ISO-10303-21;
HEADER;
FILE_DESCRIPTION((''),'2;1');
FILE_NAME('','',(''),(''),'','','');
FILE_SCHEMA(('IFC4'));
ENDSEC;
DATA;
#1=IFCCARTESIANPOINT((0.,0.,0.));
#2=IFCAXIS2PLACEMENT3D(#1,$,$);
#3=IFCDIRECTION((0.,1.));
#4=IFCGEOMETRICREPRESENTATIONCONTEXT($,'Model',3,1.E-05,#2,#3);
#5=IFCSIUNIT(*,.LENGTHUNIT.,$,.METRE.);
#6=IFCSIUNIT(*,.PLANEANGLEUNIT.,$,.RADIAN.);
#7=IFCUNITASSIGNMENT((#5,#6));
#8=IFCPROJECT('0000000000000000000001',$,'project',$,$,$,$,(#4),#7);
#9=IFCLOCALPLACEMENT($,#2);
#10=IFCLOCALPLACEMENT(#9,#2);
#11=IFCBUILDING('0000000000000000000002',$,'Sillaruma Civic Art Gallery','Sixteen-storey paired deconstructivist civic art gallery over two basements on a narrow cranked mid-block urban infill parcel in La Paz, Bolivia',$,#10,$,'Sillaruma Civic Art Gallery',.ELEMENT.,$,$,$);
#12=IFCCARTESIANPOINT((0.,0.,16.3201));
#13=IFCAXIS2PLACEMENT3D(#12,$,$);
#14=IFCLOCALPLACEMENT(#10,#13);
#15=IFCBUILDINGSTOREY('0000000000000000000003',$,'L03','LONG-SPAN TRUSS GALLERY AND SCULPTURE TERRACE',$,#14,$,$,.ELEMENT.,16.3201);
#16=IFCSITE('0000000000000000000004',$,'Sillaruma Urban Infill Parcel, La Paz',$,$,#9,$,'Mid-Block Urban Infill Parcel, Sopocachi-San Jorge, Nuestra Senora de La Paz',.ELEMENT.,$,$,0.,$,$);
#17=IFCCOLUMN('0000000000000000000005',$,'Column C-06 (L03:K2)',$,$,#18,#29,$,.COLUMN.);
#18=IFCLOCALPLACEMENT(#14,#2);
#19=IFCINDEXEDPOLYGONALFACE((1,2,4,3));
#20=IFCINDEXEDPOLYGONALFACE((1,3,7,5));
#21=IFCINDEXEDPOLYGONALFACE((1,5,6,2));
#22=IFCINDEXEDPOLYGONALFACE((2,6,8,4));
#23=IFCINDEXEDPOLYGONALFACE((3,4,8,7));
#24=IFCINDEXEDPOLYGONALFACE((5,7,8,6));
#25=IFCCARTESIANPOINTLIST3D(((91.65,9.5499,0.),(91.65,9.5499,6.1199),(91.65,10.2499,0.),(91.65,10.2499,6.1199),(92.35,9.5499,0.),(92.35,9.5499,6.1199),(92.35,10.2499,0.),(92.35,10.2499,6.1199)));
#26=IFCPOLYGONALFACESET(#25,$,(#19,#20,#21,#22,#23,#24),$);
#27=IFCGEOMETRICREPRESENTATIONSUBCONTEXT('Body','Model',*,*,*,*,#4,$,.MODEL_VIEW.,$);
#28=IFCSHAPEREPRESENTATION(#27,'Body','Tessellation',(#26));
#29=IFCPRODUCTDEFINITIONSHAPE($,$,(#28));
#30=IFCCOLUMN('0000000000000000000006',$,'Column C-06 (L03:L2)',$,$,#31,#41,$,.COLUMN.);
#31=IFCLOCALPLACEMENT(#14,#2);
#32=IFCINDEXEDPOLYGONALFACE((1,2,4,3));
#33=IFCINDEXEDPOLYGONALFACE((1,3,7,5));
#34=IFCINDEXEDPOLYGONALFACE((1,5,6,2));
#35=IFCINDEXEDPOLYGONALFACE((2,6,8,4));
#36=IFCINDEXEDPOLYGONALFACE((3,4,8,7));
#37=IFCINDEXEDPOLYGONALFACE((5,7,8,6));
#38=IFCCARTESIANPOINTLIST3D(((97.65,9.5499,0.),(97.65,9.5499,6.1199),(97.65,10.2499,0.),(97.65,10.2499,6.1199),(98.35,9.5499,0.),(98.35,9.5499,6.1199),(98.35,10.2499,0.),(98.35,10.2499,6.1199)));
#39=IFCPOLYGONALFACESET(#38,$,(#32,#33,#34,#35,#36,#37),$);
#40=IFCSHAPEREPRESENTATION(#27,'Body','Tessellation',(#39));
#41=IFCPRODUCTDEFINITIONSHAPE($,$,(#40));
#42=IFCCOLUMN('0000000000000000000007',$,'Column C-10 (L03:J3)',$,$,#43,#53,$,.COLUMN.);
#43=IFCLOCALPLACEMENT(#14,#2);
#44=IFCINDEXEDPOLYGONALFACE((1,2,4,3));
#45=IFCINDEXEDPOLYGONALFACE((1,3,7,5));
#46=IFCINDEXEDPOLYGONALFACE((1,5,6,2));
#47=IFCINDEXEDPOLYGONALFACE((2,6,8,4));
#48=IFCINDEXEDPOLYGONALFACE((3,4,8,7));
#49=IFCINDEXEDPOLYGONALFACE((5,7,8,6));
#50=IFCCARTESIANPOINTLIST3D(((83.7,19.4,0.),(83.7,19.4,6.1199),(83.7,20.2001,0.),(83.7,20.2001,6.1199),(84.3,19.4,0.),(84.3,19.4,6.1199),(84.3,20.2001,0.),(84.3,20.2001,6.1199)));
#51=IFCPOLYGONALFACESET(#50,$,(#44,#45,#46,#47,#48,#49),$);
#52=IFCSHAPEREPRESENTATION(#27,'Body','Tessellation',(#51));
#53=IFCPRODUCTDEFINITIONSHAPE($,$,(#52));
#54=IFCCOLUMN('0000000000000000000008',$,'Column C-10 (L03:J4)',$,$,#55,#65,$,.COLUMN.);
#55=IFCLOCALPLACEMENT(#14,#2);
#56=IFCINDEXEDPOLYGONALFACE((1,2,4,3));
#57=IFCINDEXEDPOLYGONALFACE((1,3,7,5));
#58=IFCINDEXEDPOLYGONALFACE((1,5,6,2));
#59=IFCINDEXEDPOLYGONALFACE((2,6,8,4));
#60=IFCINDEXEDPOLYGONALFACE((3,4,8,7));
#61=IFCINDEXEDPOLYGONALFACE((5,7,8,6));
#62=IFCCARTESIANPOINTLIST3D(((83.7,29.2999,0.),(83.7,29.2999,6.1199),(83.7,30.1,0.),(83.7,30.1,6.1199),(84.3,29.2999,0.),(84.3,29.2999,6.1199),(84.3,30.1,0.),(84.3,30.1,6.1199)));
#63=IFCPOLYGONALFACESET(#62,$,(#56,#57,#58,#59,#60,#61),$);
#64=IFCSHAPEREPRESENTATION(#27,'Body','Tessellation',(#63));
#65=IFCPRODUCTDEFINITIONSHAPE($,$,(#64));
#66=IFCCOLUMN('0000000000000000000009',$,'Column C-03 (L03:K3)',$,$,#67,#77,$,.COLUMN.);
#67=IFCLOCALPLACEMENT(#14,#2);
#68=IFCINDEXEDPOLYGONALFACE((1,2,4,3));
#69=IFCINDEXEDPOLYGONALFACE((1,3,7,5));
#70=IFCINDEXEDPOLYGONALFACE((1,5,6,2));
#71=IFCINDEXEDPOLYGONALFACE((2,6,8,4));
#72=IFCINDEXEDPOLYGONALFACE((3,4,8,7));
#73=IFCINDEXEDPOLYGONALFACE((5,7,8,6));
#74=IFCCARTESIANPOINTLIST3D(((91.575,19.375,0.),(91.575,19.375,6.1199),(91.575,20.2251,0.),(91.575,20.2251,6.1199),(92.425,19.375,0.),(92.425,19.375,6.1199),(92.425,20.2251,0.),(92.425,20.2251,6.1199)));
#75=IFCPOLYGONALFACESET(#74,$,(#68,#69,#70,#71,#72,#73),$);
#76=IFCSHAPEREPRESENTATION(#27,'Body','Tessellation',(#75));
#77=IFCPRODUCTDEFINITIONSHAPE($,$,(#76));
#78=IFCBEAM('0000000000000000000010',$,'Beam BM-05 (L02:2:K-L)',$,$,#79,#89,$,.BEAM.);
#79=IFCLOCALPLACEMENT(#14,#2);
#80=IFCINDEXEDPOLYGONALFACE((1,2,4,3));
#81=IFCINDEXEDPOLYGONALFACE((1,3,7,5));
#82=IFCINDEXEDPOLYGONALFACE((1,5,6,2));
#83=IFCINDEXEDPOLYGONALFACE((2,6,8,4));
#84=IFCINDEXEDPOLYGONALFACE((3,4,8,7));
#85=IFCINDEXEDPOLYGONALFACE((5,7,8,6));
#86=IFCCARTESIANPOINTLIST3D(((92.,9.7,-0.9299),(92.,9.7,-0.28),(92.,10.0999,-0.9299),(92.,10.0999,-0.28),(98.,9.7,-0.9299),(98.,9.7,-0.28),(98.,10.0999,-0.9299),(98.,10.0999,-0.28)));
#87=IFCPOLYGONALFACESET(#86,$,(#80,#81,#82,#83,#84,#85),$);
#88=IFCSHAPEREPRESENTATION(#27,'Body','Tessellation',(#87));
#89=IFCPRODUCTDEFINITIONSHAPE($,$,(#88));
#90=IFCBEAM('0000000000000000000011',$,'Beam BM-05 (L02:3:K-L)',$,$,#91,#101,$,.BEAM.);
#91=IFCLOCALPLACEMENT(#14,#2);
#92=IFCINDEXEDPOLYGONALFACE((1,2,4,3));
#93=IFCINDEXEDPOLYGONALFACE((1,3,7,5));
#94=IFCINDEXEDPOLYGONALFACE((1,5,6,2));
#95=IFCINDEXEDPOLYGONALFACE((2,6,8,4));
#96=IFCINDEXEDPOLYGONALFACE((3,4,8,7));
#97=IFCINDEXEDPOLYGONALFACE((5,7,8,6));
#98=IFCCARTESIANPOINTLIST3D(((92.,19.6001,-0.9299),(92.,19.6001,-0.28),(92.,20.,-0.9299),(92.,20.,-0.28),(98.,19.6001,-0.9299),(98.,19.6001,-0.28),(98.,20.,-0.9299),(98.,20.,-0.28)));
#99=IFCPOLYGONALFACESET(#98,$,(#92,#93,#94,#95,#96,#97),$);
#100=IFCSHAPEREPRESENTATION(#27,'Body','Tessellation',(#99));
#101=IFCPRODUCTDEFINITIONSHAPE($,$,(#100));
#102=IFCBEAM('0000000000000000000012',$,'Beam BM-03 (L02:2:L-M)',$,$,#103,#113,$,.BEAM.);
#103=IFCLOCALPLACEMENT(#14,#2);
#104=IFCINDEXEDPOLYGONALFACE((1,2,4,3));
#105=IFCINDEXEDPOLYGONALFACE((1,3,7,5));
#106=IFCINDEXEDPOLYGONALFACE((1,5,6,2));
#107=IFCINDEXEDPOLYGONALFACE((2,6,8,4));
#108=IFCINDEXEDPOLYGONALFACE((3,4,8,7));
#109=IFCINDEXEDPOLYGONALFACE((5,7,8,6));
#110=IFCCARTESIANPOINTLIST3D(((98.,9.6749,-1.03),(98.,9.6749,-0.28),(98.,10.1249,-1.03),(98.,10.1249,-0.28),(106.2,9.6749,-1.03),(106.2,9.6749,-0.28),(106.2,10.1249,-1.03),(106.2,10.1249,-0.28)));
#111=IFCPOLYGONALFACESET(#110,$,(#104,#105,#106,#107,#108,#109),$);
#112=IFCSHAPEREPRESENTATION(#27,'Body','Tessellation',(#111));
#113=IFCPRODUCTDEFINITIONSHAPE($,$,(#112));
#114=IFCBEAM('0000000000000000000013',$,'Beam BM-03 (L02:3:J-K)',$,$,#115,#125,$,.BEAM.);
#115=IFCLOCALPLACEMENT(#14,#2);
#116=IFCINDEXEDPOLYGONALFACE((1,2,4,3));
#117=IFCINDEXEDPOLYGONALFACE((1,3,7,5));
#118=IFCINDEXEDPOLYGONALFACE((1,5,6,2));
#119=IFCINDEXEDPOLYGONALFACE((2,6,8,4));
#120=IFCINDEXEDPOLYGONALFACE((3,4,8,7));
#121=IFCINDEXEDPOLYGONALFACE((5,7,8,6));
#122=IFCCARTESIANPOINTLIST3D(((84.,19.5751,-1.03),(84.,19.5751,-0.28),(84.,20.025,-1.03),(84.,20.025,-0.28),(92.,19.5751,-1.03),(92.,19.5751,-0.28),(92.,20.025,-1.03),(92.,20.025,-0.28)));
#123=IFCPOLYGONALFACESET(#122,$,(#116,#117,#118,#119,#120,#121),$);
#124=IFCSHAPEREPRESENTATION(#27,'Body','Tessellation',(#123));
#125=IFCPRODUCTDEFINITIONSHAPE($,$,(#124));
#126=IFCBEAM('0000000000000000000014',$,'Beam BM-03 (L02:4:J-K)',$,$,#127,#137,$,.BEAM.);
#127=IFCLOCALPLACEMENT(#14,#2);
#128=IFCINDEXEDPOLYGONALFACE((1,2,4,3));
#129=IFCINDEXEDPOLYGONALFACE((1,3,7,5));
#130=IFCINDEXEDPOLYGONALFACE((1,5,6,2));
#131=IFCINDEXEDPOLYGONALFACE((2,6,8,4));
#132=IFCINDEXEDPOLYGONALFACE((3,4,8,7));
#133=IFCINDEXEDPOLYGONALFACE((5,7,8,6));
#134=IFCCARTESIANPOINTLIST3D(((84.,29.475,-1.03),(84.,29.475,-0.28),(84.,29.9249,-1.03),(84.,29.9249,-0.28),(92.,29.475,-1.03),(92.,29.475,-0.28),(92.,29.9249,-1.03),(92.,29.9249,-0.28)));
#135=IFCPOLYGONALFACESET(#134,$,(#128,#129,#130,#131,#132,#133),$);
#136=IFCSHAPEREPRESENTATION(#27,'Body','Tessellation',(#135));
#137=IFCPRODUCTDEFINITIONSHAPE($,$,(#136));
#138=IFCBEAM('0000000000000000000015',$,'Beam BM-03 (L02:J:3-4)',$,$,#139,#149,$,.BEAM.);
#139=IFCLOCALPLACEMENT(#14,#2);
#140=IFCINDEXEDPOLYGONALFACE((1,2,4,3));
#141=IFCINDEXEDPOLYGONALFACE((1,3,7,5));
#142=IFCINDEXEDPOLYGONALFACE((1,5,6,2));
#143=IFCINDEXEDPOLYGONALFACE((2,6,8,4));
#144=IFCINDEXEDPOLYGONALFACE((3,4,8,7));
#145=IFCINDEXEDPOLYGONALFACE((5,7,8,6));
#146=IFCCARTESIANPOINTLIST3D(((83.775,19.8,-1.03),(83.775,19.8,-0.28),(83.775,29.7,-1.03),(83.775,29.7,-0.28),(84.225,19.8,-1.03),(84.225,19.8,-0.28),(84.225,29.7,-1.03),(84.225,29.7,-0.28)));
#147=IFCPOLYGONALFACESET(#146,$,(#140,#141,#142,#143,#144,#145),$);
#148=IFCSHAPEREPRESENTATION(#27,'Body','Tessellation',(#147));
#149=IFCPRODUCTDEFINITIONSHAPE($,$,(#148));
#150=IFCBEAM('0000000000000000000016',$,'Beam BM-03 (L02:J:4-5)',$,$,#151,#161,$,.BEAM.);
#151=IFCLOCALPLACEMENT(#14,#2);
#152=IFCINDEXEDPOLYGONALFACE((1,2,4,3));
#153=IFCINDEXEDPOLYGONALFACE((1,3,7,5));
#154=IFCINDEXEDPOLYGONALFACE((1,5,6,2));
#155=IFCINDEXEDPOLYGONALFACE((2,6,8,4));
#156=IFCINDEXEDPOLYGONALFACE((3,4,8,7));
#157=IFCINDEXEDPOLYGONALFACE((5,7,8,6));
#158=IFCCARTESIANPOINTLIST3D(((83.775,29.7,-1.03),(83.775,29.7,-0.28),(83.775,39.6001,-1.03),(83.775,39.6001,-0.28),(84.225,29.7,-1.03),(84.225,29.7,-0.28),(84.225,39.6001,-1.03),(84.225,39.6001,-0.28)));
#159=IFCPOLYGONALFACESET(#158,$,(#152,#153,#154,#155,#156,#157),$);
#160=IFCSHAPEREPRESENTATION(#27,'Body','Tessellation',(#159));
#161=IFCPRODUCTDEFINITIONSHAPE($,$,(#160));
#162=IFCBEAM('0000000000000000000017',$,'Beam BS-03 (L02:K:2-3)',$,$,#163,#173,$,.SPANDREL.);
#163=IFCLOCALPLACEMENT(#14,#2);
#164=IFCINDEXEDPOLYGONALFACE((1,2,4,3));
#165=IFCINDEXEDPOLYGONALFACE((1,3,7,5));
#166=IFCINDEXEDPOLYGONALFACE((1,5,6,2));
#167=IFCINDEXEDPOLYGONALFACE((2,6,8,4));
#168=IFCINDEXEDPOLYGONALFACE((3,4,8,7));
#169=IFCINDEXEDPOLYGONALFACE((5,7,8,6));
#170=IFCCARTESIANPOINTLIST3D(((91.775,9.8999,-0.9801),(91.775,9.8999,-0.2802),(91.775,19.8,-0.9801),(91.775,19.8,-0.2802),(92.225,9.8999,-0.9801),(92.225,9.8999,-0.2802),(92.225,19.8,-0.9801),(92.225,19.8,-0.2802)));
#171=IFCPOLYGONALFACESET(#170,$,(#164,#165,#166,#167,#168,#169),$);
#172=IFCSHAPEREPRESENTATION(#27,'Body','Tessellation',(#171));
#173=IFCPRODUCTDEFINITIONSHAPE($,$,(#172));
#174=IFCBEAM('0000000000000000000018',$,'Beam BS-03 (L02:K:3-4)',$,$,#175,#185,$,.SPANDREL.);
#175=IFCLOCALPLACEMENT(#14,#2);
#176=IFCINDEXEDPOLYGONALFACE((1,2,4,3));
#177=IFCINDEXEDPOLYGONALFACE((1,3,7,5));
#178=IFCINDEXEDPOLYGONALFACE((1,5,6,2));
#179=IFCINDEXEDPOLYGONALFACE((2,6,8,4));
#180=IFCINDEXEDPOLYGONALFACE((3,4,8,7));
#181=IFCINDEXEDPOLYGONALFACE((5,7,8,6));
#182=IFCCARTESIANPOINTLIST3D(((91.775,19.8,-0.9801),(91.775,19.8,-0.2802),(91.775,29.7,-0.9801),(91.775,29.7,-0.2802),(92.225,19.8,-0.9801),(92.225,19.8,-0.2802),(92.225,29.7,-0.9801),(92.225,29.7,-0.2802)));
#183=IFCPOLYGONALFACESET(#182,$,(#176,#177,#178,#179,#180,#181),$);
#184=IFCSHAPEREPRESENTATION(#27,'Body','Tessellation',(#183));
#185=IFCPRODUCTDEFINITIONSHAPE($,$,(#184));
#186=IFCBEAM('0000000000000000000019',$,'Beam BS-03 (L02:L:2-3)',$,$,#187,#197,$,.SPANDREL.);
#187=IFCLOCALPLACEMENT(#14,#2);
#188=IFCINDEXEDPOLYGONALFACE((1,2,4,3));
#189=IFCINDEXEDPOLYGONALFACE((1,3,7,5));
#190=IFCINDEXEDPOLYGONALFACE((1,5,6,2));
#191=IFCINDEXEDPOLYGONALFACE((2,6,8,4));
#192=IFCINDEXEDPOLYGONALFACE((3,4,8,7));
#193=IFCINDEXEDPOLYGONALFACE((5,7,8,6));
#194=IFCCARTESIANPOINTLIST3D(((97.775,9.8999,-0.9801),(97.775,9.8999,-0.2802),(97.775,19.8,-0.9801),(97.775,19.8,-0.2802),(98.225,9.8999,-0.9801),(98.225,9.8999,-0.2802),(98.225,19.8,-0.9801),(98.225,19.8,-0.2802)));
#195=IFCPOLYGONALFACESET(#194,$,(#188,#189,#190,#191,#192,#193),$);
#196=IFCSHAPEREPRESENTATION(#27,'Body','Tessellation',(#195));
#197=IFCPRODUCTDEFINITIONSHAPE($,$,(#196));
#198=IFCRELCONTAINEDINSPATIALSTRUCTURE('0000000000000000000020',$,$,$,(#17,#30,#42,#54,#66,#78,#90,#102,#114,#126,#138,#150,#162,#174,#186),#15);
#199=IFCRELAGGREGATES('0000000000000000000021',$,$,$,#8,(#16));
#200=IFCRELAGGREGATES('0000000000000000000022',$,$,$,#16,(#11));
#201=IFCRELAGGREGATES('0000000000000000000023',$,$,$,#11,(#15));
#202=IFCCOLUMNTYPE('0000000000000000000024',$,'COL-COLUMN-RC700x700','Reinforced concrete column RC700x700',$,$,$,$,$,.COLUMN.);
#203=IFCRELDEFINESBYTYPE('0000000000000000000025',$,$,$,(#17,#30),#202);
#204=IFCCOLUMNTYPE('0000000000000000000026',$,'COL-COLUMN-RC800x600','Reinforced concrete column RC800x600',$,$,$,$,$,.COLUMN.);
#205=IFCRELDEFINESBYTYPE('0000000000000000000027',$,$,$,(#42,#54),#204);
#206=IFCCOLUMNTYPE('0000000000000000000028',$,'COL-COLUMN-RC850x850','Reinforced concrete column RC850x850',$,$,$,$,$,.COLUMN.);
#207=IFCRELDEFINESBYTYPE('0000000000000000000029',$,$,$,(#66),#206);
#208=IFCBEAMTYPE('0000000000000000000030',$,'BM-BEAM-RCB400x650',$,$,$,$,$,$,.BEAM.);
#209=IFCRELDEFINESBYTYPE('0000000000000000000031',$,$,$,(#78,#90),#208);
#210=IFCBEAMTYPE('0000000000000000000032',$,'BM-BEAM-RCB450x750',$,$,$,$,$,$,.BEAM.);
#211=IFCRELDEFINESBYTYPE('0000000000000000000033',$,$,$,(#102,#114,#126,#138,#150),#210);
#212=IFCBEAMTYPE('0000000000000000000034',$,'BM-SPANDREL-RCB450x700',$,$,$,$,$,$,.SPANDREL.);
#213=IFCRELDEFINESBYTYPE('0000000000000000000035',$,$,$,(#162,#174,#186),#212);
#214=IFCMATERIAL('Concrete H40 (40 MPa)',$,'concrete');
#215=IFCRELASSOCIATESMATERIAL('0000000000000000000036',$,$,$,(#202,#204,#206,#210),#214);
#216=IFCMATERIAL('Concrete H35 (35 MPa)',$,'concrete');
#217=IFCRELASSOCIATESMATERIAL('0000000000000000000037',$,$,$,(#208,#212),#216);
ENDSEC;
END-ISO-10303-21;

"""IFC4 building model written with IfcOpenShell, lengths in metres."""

from ifc_helpers import new_model, si_unit, direction, frame, origin, origin_2d, place, context, subcontext, project, spatial, rectangle, extrude, material, material_profile, profile_set, type_object, element, save


model = new_model("IFC4")

# Units and contexts
model_context = context("Model", 3, precision=1e-05, world=origin(), true_north=direction((0.0, 1.0)))
body_context = subcontext(model_context, "Body", "Model", "MODEL_VIEW")
ifc_project = project(units=[si_unit("LENGTHUNIT", "METRE"), si_unit("PLANEANGLEUNIT", "RADIAN")], contexts=[model_context])

# Site, building, storey
site_placement = place(None, origin())
site = spatial("IfcSite", under=ifc_project, at=site_placement, Name="Sillaruma Urban Infill Parcel, La Paz", LongName="Mid-Block Urban Infill Parcel, Sopocachi-San Jorge, Nuestra Senora de La Paz", CompositionType="ELEMENT", RefElevation=0.0)
building_placement = place(site_placement, origin())
building = spatial("IfcBuilding", under=site, at=building_placement, Name="Sillaruma Civic Art Gallery", Description="Sixteen-storey paired deconstructivist civic art gallery over two basements on a narrow cranked mid-block urban infill parcel in La Paz, Bolivia", LongName="Sillaruma Civic Art Gallery", CompositionType="ELEMENT")
storey_placement = place(building_placement, frame((0.0, 0.0, 16.3201)))
storey = spatial("IfcBuildingStorey", under=building, at=storey_placement, Name="L03", Description="LONG-SPAN TRUSS GALLERY AND SCULPTURE TERRACE", CompositionType="ELEMENT", Elevation=16.3201)

# Columns
ifc_material_1 = material(Name="Concrete H40 (40 MPa)", Category="concrete")
ifc_material_profile_1 = material_profile(ifc_material_1, rectangle(XDim=0.7, YDim=0.7, at=origin_2d()), Name="RC700x700")
ifc_profile_set_1 = profile_set([ifc_material_profile_1], Name="Concrete H40 (40 MPa)")
column_type_1 = type_object("IfcColumnType", Name="COL-COLUMN-RC700x700", Description="Reinforced concrete column RC700x700", PredefinedType="COLUMN", material=ifc_profile_set_1)
for number, where, z_axis, x_axis, name in (
    (1, (92.0, 9.8999, 0.0), (0.0, 0.0, 1.0), (1.0, 0.0, 0.0), "Column C-06 (L03:K2)"),
    (2, (98.0, 9.8999, 0.0), (0.0, 0.0, 1.0), (1.0, 0.0, 0.0), "Column C-06 (L03:L2)"),
):
    element("IfcColumn", number, at=place(storey_placement, frame(where, z_axis=z_axis, x_axis=x_axis)), inside=storey, type_object=column_type_1, Name=name, PredefinedType="COLUMN", context=body_context, shape_type="SweptSolid", body=[
        extrude(rectangle(XDim=0.7, YDim=0.7, at=origin_2d()), origin(), (0.0, 0.0, 1.0), 6.1199),
    ])
ifc_material_profile_2 = material_profile(ifc_material_1, rectangle(XDim=0.6001, YDim=0.8, at=origin_2d()), Name="RC800x600")
ifc_profile_set_2 = profile_set([ifc_material_profile_2], Name="Concrete H40 (40 MPa)")
column_type_2 = type_object("IfcColumnType", Name="COL-COLUMN-RC800x600", Description="Reinforced concrete column RC800x600", PredefinedType="COLUMN", material=ifc_profile_set_2)
for number, where, z_axis, x_axis, name in (
    (3, (84.0, 19.8, 0.0), (0.0, 0.0, 1.0), (1.0, 0.0, 0.0), "Column C-10 (L03:J3)"),
    (4, (84.0, 29.7, 0.0), (0.0, 0.0, 1.0), (1.0, 0.0, 0.0), "Column C-10 (L03:J4)"),
):
    element("IfcColumn", number, at=place(storey_placement, frame(where, z_axis=z_axis, x_axis=x_axis)), inside=storey, type_object=column_type_2, Name=name, PredefinedType="COLUMN", context=body_context, shape_type="SweptSolid", body=[
        extrude(rectangle(XDim=0.6001, YDim=0.8, at=origin_2d()), origin(), (0.0, 0.0, 1.0), 6.1199),
    ])
ifc_material_profile_3 = material_profile(ifc_material_1, rectangle(XDim=0.8501, YDim=0.8501, at=origin_2d()), Name="RC850x850")
ifc_profile_set_3 = profile_set([ifc_material_profile_3], Name="Concrete H40 (40 MPa)")
column_type_3 = type_object("IfcColumnType", Name="COL-COLUMN-RC850x850", Description="Reinforced concrete column RC850x850", PredefinedType="COLUMN", material=ifc_profile_set_3)
column_placement = place(storey_placement, frame((92.0, 19.8, 0.0), z_axis=(0.0, 0.0, 1.0), x_axis=(1.0, 0.0, 0.0)))
element("IfcColumn", 5, at=column_placement, inside=storey, type_object=column_type_3, Name="Column C-03 (L03:K3)", PredefinedType="COLUMN", context=body_context, shape_type="SweptSolid", body=[
    extrude(rectangle(XDim=0.8501, YDim=0.8501, at=origin_2d()), origin(), (0.0, 0.0, 1.0), 6.1199),
])

# Beams
ifc_material_2 = material(Name="Concrete H35 (35 MPa)", Category="concrete")
ifc_material_profile_4 = material_profile(ifc_material_2, rectangle(XDim=0.3999, YDim=0.6499, at=origin_2d()), Name="RCB400x650")
ifc_profile_set_4 = profile_set([ifc_material_profile_4], Name="Concrete H35 (35 MPa)")
beam_type_1 = type_object("IfcBeamType", Name="BM-BEAM-RCB400x650", PredefinedType="BEAM", material=ifc_profile_set_4)
for number, where, z_axis, x_axis, name in (
    (6, (92.0, 9.8999, -0.605), (1.0, 0.0, 0.0), (0.0, 1.0, 0.0), "Beam BM-05 (L02:2:K-L)"),
    (7, (92.0, 19.8, -0.605), (1.0, 0.0, 0.0), (0.0, 1.0, 0.0), "Beam BM-05 (L02:3:K-L)"),
):
    element("IfcBeam", number, at=place(storey_placement, frame(where, z_axis=z_axis, x_axis=x_axis)), inside=storey, type_object=beam_type_1, Name=name, PredefinedType="BEAM", context=body_context, shape_type="SweptSolid", body=[
        extrude(rectangle(XDim=0.3999, YDim=0.6499, at=origin_2d()), origin(), (0.0, 0.0, 1.0), 6.0),
    ])
ifc_material_profile_5 = material_profile(ifc_material_1, rectangle(XDim=0.45, YDim=0.75, at=origin_2d()), Name="RCB450x750")
ifc_profile_set_5 = profile_set([ifc_material_profile_5], Name="Concrete H40 (40 MPa)")
beam_type_2 = type_object("IfcBeamType", Name="BM-BEAM-RCB450x750", PredefinedType="BEAM", material=ifc_profile_set_5)
beam_1_placement = place(storey_placement, frame((98.0, 9.8999, -0.655), z_axis=(1.0, 0.0, 0.0), x_axis=(0.0, 1.0, 0.0)))
element("IfcBeam", 8, at=beam_1_placement, inside=storey, type_object=beam_type_2, Name="Beam BM-03 (L02:2:L-M)", PredefinedType="BEAM", context=body_context, shape_type="SweptSolid", body=[
    extrude(rectangle(XDim=0.45, YDim=0.75, at=origin_2d()), origin(), (0.0, 0.0, 1.0), 8.2),
])
for number, where, z_axis, x_axis, name in (
    (9, (84.0, 19.8, -0.655), (1.0, 0.0, 0.0), (0.0, 1.0, 0.0), "Beam BM-03 (L02:3:J-K)"),
    (10, (84.0, 29.7, -0.655), (1.0, 0.0, 0.0), (0.0, 1.0, 0.0), "Beam BM-03 (L02:4:J-K)"),
):
    element("IfcBeam", number, at=place(storey_placement, frame(where, z_axis=z_axis, x_axis=x_axis)), inside=storey, type_object=beam_type_2, Name=name, PredefinedType="BEAM", context=body_context, shape_type="SweptSolid", body=[
        extrude(rectangle(XDim=0.45, YDim=0.75, at=origin_2d()), origin(), (0.0, 0.0, 1.0), 8.0),
    ])
beam_2_placement = place(storey_placement, frame((84.0, 19.8, -0.655), z_axis=(0.0, 1.0, 0.0), x_axis=(-1.0, 0.0, 0.0)))
element("IfcBeam", 11, at=beam_2_placement, inside=storey, type_object=beam_type_2, Name="Beam BM-03 (L02:J:3-4)", PredefinedType="BEAM", context=body_context, shape_type="SweptSolid", body=[
    extrude(rectangle(XDim=0.45, YDim=0.75, at=origin_2d()), origin(), (0.0, 0.0, 1.0), 9.8999),
])
beam_3_placement = place(storey_placement, frame((84.0, 29.7, -0.655), z_axis=(0.0, 1.0, 0.0), x_axis=(-1.0, 0.0, 0.0)))
element("IfcBeam", 12, at=beam_3_placement, inside=storey, type_object=beam_type_2, Name="Beam BM-03 (L02:J:4-5)", PredefinedType="BEAM", context=body_context, shape_type="SweptSolid", body=[
    extrude(rectangle(XDim=0.45, YDim=0.75, at=origin_2d()), origin(), (0.0, 0.0, 1.0), 9.9001),
])
ifc_material_profile_6 = material_profile(ifc_material_2, rectangle(XDim=0.45, YDim=0.7, at=origin_2d()), Name="RCB450x700")
ifc_profile_set_6 = profile_set([ifc_material_profile_6], Name="Concrete H35 (35 MPa)")
beam_type_3 = type_object("IfcBeamType", Name="BM-SPANDREL-RCB450x700", PredefinedType="SPANDREL", material=ifc_profile_set_6)
beam_4_placement = place(storey_placement, frame((92.0, 9.8999, -0.6301), z_axis=(0.0, 1.0, 0.0), x_axis=(-1.0, 0.0, 0.0)))
element("IfcBeam", 13, at=beam_4_placement, inside=storey, type_object=beam_type_3, Name="Beam BS-03 (L02:K:2-3)", PredefinedType="SPANDREL", context=body_context, shape_type="SweptSolid", body=[
    extrude(rectangle(XDim=0.45, YDim=0.7, at=origin_2d()), origin(), (0.0, 0.0, 1.0), 9.9001),
])
beam_5_placement = place(storey_placement, frame((92.0, 19.8, -0.6301), z_axis=(0.0, 1.0, 0.0), x_axis=(-1.0, 0.0, 0.0)))
element("IfcBeam", 14, at=beam_5_placement, inside=storey, type_object=beam_type_3, Name="Beam BS-03 (L02:K:3-4)", PredefinedType="SPANDREL", context=body_context, shape_type="SweptSolid", body=[
    extrude(rectangle(XDim=0.45, YDim=0.7, at=origin_2d()), origin(), (0.0, 0.0, 1.0), 9.8999),
])
beam_6_placement = place(storey_placement, frame((98.0, 9.8999, -0.6301), z_axis=(0.0, 1.0, 0.0), x_axis=(-1.0, 0.0, 0.0)))
element("IfcBeam", 15, at=beam_6_placement, inside=storey, type_object=beam_type_3, Name="Beam BS-03 (L02:L:2-3)", PredefinedType="SPANDREL", context=body_context, shape_type="SweptSolid", body=[
    extrude(rectangle(XDim=0.45, YDim=0.7, at=origin_2d()), origin(), (0.0, 0.0, 1.0), 9.9001),
])

save(model, "model.ifc")
